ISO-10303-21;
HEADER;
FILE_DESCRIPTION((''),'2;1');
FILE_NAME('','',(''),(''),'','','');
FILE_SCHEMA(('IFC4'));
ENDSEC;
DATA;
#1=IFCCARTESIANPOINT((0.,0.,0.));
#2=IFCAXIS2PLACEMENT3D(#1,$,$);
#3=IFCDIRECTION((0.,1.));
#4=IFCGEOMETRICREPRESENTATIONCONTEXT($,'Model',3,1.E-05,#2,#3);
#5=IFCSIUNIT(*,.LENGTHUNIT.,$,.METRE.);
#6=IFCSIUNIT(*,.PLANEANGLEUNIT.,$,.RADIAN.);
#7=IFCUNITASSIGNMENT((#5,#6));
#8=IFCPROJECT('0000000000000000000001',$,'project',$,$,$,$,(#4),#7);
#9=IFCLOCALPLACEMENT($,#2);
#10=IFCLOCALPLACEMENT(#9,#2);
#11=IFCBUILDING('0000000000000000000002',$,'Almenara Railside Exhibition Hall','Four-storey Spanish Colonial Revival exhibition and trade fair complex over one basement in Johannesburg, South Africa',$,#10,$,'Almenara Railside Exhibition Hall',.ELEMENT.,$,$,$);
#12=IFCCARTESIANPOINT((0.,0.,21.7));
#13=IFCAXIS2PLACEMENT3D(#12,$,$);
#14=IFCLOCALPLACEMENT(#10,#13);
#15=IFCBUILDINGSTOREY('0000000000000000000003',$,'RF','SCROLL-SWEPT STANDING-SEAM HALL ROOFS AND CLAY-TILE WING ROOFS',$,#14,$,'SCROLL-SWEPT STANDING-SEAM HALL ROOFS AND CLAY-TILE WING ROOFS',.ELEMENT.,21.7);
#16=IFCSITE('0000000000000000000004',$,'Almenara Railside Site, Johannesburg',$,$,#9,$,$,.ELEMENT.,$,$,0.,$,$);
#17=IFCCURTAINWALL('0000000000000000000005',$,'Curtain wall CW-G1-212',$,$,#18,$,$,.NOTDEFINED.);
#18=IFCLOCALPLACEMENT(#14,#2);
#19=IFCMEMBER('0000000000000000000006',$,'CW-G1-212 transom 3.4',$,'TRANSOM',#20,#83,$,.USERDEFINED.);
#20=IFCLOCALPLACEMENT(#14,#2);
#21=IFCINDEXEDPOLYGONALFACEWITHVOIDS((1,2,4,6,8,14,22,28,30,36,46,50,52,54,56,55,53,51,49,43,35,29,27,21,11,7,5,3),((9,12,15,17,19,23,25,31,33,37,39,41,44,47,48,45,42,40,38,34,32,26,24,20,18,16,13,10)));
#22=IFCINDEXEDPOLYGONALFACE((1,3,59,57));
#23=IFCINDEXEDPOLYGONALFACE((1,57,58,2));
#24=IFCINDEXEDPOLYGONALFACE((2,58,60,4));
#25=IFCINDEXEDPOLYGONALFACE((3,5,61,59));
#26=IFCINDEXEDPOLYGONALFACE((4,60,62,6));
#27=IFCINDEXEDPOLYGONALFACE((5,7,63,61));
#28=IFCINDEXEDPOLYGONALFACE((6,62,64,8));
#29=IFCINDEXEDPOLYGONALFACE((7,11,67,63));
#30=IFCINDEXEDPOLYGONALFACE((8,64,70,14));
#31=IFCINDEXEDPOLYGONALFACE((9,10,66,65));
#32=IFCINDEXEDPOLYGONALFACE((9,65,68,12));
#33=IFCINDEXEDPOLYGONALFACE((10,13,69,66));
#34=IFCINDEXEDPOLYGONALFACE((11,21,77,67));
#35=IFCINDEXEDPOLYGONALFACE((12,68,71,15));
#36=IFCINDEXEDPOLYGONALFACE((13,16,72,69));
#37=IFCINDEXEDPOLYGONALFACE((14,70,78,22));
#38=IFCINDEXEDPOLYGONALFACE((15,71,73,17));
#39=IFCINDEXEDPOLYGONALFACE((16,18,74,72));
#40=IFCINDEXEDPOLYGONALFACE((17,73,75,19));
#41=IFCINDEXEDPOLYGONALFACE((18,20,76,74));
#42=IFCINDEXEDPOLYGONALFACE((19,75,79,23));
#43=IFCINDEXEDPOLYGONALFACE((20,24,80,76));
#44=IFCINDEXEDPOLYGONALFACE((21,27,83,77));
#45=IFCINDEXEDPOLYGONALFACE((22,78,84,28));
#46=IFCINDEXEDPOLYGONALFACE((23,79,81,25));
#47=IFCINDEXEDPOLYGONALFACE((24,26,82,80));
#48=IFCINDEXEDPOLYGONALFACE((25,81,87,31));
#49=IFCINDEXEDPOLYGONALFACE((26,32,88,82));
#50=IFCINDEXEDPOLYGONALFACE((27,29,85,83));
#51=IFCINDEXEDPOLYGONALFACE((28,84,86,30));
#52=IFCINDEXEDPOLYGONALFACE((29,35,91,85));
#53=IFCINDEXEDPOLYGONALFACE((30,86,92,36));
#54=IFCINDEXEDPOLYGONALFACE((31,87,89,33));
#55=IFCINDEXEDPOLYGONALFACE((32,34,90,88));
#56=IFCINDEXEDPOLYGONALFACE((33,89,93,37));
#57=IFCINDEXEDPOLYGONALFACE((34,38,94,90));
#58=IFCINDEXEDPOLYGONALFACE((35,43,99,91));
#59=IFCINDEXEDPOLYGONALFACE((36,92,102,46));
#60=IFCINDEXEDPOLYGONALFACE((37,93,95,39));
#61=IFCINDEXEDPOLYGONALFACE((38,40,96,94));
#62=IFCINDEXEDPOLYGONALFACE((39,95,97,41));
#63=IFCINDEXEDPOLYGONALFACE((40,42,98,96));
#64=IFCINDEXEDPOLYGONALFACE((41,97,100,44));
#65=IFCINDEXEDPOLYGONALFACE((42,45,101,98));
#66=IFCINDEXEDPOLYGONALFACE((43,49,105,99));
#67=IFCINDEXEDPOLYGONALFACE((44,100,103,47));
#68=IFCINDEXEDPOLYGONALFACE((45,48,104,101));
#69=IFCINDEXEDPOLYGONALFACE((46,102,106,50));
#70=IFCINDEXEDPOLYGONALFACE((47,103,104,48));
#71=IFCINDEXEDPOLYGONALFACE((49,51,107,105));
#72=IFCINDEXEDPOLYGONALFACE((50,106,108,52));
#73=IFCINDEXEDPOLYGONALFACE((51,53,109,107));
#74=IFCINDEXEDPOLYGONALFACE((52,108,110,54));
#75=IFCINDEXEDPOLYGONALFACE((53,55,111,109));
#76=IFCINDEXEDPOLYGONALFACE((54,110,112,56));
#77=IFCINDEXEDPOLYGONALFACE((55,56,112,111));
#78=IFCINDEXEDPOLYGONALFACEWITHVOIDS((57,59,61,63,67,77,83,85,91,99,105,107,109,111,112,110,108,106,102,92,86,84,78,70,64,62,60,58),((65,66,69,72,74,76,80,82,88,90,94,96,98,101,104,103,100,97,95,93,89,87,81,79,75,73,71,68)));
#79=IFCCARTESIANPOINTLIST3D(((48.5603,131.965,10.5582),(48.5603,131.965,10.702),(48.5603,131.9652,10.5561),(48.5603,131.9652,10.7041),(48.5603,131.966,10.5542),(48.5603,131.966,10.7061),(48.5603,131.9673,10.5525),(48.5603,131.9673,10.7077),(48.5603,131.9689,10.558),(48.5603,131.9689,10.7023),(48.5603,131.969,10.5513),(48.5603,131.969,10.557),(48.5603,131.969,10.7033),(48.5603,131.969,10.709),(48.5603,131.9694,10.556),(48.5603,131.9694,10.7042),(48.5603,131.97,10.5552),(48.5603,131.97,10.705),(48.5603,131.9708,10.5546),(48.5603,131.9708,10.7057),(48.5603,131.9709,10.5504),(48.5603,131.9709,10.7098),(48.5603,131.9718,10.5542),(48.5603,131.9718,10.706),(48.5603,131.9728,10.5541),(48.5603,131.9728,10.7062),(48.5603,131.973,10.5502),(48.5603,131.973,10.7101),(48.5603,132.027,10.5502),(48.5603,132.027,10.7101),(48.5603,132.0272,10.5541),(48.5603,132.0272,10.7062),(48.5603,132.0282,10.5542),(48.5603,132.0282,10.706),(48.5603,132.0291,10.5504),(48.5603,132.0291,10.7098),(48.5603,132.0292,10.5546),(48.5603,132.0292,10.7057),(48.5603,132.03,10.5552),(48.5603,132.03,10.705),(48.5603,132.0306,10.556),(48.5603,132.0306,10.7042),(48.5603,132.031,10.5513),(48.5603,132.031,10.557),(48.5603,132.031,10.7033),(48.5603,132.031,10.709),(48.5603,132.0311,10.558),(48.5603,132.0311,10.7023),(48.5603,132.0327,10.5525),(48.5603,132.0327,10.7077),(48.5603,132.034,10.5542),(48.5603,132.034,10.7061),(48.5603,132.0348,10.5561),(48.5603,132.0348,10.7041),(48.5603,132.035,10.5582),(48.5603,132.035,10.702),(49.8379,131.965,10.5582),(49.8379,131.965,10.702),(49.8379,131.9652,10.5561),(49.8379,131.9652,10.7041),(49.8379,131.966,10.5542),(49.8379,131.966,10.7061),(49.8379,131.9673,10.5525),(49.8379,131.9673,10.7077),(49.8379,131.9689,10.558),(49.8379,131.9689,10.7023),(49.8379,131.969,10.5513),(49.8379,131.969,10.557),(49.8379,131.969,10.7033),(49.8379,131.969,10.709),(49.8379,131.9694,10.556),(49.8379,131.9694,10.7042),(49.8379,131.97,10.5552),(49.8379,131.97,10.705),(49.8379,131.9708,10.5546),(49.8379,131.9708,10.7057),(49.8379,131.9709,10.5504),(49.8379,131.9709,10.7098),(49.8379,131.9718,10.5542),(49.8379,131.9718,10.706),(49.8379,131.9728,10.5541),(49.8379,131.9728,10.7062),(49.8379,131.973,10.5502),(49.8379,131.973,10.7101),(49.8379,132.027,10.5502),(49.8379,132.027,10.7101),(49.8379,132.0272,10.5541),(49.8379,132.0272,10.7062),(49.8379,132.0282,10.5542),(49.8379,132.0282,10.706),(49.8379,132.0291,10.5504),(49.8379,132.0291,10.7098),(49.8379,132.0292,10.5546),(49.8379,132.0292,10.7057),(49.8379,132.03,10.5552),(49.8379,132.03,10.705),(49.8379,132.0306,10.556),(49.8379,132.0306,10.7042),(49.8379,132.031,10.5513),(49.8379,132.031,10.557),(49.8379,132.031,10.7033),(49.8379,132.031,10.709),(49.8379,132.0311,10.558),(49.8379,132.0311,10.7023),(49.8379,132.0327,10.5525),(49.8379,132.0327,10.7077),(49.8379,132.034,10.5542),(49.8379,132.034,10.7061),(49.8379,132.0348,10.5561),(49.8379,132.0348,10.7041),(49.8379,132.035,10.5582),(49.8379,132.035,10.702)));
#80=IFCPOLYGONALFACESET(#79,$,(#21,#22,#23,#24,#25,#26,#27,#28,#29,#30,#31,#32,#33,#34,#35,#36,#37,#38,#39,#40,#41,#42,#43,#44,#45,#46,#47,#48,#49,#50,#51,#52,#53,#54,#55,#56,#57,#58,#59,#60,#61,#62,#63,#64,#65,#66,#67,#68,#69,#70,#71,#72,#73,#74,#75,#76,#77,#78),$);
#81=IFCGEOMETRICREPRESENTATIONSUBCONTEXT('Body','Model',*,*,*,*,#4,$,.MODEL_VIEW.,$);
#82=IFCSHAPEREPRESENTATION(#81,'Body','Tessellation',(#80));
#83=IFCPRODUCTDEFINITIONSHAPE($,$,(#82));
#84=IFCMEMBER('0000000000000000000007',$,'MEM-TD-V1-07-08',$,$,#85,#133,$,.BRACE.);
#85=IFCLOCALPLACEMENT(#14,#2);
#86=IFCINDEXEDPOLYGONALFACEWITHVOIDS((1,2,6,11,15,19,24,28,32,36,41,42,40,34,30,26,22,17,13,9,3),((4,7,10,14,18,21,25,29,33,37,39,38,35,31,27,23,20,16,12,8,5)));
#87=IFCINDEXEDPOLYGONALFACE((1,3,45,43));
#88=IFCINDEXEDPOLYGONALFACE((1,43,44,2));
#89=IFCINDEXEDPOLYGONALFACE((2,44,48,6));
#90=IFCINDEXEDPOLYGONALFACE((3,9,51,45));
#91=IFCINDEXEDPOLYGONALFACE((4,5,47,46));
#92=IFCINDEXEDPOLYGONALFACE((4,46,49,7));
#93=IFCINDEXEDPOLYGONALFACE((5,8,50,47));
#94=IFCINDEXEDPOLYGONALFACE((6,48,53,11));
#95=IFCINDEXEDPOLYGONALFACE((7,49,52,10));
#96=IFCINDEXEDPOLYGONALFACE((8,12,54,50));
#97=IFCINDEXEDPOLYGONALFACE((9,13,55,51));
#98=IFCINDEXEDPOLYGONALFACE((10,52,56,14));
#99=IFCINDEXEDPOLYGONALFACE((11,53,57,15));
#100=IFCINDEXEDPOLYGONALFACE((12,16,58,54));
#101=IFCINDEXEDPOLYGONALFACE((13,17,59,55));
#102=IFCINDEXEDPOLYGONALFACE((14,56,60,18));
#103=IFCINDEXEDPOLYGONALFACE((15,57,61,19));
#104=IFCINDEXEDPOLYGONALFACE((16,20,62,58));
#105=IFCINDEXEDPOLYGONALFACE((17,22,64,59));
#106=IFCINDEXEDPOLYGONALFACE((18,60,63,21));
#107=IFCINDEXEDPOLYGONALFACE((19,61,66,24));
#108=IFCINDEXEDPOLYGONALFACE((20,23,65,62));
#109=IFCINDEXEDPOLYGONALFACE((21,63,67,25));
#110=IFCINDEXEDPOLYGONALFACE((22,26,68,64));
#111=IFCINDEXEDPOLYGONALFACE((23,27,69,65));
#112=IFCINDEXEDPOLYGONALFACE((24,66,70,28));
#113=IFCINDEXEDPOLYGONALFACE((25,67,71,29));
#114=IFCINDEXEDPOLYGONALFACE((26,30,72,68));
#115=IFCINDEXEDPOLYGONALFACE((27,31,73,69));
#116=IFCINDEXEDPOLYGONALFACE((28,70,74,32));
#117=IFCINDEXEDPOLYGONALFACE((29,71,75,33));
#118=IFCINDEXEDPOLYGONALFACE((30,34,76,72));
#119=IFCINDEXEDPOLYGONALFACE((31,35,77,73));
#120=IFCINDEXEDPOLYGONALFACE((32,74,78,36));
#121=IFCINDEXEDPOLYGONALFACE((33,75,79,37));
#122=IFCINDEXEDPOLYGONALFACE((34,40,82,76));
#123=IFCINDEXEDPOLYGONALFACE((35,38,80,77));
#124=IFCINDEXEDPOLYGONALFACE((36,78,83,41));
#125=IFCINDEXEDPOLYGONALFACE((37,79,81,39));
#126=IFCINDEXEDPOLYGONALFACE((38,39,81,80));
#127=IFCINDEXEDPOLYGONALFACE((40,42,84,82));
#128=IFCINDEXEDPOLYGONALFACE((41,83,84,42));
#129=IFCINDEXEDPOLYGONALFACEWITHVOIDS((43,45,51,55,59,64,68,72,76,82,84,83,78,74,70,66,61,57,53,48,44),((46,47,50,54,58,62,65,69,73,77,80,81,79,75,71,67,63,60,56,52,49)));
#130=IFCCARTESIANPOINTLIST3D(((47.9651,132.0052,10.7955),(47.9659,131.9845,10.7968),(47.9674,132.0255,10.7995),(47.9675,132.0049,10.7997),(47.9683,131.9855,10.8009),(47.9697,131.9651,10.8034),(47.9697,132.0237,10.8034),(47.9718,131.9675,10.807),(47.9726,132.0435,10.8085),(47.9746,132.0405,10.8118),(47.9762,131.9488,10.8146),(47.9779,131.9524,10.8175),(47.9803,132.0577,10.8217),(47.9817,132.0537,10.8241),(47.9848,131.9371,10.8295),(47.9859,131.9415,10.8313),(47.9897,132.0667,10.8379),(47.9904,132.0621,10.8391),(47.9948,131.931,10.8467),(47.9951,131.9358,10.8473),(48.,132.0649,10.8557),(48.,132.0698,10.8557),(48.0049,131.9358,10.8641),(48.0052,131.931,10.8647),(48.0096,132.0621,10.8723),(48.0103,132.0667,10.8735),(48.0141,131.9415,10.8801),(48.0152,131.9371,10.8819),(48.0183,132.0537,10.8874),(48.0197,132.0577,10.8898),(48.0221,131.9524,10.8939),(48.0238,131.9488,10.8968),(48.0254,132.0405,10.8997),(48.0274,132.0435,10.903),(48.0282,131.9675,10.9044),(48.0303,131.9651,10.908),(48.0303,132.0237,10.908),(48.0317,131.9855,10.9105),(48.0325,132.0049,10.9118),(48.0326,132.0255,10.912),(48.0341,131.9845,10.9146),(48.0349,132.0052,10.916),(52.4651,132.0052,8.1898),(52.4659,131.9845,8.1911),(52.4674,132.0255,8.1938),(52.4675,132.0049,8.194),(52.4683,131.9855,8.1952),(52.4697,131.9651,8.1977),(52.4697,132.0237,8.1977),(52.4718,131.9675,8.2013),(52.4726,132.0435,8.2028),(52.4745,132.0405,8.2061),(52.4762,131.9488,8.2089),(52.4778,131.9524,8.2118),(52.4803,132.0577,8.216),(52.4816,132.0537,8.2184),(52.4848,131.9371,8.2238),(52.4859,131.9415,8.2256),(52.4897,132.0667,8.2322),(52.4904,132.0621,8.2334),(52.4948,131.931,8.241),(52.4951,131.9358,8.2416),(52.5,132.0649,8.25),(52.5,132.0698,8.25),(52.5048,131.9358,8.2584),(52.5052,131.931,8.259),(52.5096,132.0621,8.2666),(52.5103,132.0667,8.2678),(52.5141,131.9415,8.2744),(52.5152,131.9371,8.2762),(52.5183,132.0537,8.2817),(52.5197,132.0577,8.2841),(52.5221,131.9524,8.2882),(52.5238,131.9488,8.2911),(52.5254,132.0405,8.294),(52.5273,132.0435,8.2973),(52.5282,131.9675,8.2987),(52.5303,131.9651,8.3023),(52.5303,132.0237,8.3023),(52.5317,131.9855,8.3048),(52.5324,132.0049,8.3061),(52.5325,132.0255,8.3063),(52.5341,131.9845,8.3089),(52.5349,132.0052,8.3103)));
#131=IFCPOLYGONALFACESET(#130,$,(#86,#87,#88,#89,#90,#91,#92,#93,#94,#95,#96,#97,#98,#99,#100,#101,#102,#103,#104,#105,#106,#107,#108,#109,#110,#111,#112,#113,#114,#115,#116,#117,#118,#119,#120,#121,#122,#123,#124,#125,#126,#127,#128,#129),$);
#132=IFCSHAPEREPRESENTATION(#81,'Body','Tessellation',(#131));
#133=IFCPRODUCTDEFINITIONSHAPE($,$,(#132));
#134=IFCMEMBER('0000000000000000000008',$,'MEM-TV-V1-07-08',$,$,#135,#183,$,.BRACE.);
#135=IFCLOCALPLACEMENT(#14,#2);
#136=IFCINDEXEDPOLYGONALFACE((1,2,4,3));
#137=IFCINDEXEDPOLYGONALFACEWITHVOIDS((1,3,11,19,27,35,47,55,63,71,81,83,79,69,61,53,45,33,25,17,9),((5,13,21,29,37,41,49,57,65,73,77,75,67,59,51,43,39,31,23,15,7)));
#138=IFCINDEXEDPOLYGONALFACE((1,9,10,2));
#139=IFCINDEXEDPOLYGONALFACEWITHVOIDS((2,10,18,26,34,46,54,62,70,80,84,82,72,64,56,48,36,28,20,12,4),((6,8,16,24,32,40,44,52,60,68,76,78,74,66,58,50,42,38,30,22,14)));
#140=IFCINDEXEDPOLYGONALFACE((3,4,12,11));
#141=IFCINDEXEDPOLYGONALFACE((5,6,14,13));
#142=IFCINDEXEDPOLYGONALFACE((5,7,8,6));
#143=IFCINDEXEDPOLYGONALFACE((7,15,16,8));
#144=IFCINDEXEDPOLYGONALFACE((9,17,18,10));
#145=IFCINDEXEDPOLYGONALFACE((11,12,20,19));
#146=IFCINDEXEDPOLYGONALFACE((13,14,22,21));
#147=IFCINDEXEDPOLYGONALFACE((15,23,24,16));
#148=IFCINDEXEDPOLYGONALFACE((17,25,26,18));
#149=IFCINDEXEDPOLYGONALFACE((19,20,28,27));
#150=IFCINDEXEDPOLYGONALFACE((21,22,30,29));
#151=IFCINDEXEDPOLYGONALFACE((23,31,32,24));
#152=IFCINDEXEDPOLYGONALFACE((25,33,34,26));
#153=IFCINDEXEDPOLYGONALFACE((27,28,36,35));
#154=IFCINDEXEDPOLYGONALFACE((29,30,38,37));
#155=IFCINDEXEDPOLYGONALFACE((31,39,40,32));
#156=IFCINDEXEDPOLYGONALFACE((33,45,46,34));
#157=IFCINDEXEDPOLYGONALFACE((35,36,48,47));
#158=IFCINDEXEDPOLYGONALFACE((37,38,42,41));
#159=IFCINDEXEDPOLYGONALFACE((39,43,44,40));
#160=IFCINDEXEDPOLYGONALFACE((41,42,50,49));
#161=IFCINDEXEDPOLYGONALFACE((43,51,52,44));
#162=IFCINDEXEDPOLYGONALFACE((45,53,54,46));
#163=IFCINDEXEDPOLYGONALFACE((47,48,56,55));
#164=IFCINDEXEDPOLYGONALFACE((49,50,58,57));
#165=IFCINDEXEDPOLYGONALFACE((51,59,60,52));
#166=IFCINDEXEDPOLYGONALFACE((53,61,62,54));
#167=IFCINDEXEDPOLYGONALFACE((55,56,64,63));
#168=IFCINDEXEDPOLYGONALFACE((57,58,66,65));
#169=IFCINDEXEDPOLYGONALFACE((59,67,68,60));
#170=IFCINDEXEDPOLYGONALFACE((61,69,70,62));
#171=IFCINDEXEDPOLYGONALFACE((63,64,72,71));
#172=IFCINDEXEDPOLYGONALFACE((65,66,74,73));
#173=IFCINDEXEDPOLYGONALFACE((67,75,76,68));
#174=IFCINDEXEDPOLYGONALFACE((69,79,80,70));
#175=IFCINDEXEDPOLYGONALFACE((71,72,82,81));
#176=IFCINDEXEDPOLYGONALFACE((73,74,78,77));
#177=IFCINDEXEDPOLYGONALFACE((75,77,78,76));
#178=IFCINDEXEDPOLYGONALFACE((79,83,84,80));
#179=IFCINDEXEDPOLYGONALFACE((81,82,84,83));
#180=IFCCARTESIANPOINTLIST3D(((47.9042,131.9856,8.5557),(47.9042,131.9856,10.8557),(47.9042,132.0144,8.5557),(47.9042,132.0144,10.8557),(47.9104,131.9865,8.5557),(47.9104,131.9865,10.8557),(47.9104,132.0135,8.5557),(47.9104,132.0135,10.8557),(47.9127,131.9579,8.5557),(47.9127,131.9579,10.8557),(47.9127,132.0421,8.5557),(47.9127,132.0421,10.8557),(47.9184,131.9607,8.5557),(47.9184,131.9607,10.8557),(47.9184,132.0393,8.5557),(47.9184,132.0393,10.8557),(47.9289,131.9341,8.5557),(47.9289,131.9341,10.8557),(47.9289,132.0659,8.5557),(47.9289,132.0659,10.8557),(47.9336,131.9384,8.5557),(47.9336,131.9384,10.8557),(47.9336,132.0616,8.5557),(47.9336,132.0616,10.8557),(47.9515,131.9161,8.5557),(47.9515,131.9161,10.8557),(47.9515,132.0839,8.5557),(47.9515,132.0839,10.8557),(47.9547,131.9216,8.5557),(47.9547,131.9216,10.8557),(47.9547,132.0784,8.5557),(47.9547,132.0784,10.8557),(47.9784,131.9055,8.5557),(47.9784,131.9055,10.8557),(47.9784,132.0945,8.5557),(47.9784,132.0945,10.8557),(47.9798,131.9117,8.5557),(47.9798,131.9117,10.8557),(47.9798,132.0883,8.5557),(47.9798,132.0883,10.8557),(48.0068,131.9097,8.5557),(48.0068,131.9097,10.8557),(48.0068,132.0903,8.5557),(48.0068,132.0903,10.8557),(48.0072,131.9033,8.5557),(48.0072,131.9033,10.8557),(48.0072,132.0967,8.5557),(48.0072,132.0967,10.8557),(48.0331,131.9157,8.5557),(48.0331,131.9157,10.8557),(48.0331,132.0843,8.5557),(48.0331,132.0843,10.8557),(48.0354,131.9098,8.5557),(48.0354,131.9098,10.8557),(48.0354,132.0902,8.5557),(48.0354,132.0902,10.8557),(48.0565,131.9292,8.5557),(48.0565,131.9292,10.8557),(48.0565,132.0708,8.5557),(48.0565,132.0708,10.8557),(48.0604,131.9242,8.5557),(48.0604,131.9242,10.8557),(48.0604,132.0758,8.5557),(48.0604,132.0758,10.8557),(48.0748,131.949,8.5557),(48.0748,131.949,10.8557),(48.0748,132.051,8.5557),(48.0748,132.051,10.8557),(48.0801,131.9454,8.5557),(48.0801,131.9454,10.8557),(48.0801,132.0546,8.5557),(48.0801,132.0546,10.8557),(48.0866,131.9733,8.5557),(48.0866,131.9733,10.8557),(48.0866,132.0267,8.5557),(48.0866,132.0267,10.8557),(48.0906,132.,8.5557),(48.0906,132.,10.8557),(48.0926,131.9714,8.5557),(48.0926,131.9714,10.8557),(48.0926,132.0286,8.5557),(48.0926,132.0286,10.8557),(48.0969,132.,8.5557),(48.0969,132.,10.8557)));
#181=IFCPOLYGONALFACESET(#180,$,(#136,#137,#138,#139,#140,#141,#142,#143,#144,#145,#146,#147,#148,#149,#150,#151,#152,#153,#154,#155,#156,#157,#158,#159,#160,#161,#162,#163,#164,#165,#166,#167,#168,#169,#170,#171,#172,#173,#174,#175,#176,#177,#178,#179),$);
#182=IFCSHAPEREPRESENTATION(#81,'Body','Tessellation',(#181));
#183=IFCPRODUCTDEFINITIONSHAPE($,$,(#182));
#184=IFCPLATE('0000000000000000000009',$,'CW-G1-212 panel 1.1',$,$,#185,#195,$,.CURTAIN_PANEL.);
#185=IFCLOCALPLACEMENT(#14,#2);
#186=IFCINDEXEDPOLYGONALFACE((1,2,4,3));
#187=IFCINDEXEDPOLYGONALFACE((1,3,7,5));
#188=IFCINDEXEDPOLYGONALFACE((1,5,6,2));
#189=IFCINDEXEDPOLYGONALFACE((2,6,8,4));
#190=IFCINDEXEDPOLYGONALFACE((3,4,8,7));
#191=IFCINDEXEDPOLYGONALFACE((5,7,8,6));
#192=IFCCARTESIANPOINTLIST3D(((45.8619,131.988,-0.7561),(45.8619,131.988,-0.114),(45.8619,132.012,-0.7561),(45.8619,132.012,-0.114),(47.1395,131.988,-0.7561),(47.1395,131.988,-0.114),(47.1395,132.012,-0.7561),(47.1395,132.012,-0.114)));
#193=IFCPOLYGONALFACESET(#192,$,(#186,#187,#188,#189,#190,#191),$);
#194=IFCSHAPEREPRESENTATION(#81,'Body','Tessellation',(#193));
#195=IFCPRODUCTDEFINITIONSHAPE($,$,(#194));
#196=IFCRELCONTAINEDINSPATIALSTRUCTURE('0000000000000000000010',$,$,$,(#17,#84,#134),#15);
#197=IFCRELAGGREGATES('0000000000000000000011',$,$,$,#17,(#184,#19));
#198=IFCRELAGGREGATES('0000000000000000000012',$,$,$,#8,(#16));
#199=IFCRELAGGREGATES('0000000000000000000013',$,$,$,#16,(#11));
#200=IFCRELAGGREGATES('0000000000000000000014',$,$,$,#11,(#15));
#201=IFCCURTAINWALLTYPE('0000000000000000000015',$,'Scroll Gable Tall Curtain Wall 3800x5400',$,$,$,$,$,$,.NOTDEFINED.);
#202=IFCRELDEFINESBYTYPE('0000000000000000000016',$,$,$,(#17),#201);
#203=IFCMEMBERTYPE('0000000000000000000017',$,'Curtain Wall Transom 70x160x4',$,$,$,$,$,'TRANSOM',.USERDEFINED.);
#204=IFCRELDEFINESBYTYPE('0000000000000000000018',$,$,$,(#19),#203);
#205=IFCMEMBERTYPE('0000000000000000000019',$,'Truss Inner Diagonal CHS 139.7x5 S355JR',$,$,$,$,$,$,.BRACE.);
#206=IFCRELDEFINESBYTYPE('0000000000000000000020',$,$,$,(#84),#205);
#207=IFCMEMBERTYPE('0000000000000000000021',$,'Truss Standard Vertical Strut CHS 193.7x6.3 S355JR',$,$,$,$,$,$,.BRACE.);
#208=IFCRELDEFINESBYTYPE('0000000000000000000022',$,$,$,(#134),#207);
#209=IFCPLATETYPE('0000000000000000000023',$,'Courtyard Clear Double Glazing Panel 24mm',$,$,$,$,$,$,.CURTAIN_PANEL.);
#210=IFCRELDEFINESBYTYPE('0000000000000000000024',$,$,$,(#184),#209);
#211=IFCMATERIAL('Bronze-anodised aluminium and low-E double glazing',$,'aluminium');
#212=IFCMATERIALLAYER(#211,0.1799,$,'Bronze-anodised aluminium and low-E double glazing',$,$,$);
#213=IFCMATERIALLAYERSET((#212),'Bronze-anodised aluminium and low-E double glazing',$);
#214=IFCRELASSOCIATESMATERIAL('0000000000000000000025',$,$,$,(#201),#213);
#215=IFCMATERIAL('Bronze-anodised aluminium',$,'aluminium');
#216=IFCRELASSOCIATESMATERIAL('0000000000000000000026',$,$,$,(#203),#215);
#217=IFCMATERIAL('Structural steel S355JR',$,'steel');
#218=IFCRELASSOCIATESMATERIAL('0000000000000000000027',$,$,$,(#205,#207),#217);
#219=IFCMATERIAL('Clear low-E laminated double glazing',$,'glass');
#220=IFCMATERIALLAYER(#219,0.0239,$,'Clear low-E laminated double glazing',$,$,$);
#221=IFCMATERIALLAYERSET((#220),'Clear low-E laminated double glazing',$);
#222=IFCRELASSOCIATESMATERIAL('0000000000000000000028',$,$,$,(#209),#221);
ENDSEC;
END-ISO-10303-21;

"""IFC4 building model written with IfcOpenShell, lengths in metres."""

from ifc_helpers import new_model, si_unit, direction, frame, origin, origin_2d, place, context, subcontext, project, spatial, rectangle, hollow_rectangle, hollow_circle, extrude, material, layer, layer_set, material_profile, profile_set, type_object, element, aggregate, save


model = new_model("IFC4")

# Units and contexts
model_context = context("Model", 3, precision=1e-05, world=origin(), true_north=direction((0.0, 1.0)))
body_context = subcontext(model_context, "Body", "Model", "MODEL_VIEW")
ifc_project = project(units=[si_unit("LENGTHUNIT", "METRE"), si_unit("PLANEANGLEUNIT", "RADIAN")], contexts=[model_context])

# Site, building, storey
site_placement = place(None, origin())
site = spatial("IfcSite", under=ifc_project, at=site_placement, Name="Almenara Railside Site, Johannesburg", CompositionType="ELEMENT", RefElevation=0.0)
building_placement = place(site_placement, origin())
building = spatial("IfcBuilding", under=site, at=building_placement, Name="Almenara Railside Exhibition Hall", Description="Four-storey Spanish Colonial Revival exhibition and trade fair complex over one basement in Johannesburg, South Africa", LongName="Almenara Railside Exhibition Hall", CompositionType="ELEMENT")
storey_placement = place(building_placement, frame((0.0, 0.0, 21.7)))
storey = spatial("IfcBuildingStorey", under=building, at=storey_placement, Name="RF", Description="SCROLL-SWEPT STANDING-SEAM HALL ROOFS AND CLAY-TILE WING ROOFS", LongName="SCROLL-SWEPT STANDING-SEAM HALL ROOFS AND CLAY-TILE WING ROOFS", CompositionType="ELEMENT", Elevation=21.7)

# Shared definitions
ifc_material_1 = material(Name="Structural steel S355JR", Category="steel")

# Shared definitions
ifc_material_2 = material(Name="Bronze-anodised aluminium and low-E double glazing", Category="aluminium")
ifc_layer_1 = layer(ifc_material_2, 0.1799, Name="Bronze-anodised aluminium and low-E double glazing")
ifc_layer_set_1 = layer_set([ifc_layer_1], Name="Bronze-anodised aluminium and low-E double glazing")
curtain_wall_type = type_object("IfcCurtainWallType", Name="Scroll Gable Tall Curtain Wall 3800x5400", PredefinedType="NOTDEFINED", material=ifc_layer_set_1)
ifc_material_3 = material(Name="Bronze-anodised aluminium", Category="aluminium")

# Curtain wall
curtain_wall_1_placement = place(storey_placement, origin())
curtain_wall_1 = element("IfcCurtainWall", 1, at=curtain_wall_1_placement, inside=storey, type_object=curtain_wall_type, Name="Curtain wall CW-G1-212", PredefinedType="NOTDEFINED")

# Member
ifc_material_profile_1 = material_profile(ifc_material_3, hollow_rectangle(XDim=0.0701, YDim=0.1599, WallThickness=0.0039, InnerFilletRadius=0.0039, OuterFilletRadius=0.0081, at=origin_2d()), Name="ALU-TRN 70x160x4")
ifc_profile_set_1 = profile_set([ifc_material_profile_1], Name="Bronze-anodised aluminium")
member_type_1 = type_object("IfcMemberType", Name="Curtain Wall Transom 70x160x4", ElementType="TRANSOM", PredefinedType="USERDEFINED", material=ifc_profile_set_1)
member_1_placement = place(storey_placement, frame((48.5603, 132.0, 10.6301), z_axis=(1.0, 0.0, 0.0), x_axis=(0.0, 1.0, 0.0)))
member_1 = element("IfcMember", 2, at=member_1_placement, type_object=member_type_1, Name="CW-G1-212 transom 3.4", ObjectType="TRANSOM", PredefinedType="USERDEFINED", context=body_context, shape_type="SweptSolid", body=[
    extrude(hollow_rectangle(XDim=0.0701, YDim=0.1599, WallThickness=0.0039, InnerFilletRadius=0.0039, OuterFilletRadius=0.0081, at=origin_2d()), origin(), (0.0, 0.0, 1.0), 1.2776),
])

# Members
ifc_material_profile_2 = material_profile(ifc_material_1, hollow_circle(Radius=0.0698, WallThickness=0.0049, at=origin_2d()), Name="CHS 139.7x5")
ifc_profile_set_2 = profile_set([ifc_material_profile_2], Name="Structural steel S355JR")
member_type_2 = type_object("IfcMemberType", Name="Truss Inner Diagonal CHS 139.7x5 S355JR", PredefinedType="BRACE", material=ifc_profile_set_2)
member_2_placement = place(storey_placement, frame((48.0, 132.0, 10.8557), z_axis=(0.865389, 0.0, -0.501101), x_axis=(0.0, 1.0, 0.0)))
element("IfcMember", 3, at=member_2_placement, inside=storey, type_object=member_type_2, Name="MEM-TD-V1-07-08", PredefinedType="BRACE", context=body_context, shape_type="SweptSolid", body=[
    extrude(hollow_circle(Radius=0.0698, WallThickness=0.0049, at=origin_2d()), origin(), (0.0, 0.0, 1.0), 5.2),
])
ifc_material_profile_3 = material_profile(ifc_material_1, hollow_circle(Radius=0.0969, WallThickness=0.0063, at=origin_2d()), Name="CHS 193.7x6.3")
ifc_profile_set_3 = profile_set([ifc_material_profile_3], Name="Structural steel S355JR")
member_type_3 = type_object("IfcMemberType", Name="Truss Standard Vertical Strut CHS 193.7x6.3 S355JR", PredefinedType="BRACE", material=ifc_profile_set_3)
member_3_placement = place(storey_placement, frame((48.0, 132.0, 8.5557), z_axis=(0.0, 0.0, 1.0), x_axis=(1.0, 0.0, 0.0)))
element("IfcMember", 4, at=member_3_placement, inside=storey, type_object=member_type_3, Name="MEM-TV-V1-07-08", PredefinedType="BRACE", context=body_context, shape_type="SweptSolid", body=[
    extrude(hollow_circle(Radius=0.0969, WallThickness=0.0063, at=origin_2d()), origin(), (0.0, 0.0, 1.0), 2.3),
])

# Plate
ifc_material_4 = material(Name="Clear low-E laminated double glazing", Category="glass")
ifc_layer_2 = layer(ifc_material_4, 0.0239, Name="Clear low-E laminated double glazing")
ifc_layer_set_2 = layer_set([ifc_layer_2], Name="Clear low-E laminated double glazing")
plate_type_1 = type_object("IfcPlateType", Name="Courtyard Clear Double Glazing Panel 24mm", PredefinedType="CURTAIN_PANEL", material=ifc_layer_set_2)
plate_1_placement = place(storey_placement, frame((46.5007, 132.0, -0.7561), z_axis=(0.0, 0.0, 1.0), x_axis=(1.0, 0.0, 0.0)))
plate_1 = element("IfcPlate", 5, at=plate_1_placement, type_object=plate_type_1, Name="CW-G1-212 panel 1.1", PredefinedType="CURTAIN_PANEL", context=body_context, shape_type="SweptSolid", body=[
    extrude(rectangle(XDim=1.2776, YDim=0.0239, at=origin_2d()), origin(), (0.0, 0.0, 1.0), 0.6421),
])
aggregate(curtain_wall_1, [plate_1, member_1])

save(model, "model.ifc")
